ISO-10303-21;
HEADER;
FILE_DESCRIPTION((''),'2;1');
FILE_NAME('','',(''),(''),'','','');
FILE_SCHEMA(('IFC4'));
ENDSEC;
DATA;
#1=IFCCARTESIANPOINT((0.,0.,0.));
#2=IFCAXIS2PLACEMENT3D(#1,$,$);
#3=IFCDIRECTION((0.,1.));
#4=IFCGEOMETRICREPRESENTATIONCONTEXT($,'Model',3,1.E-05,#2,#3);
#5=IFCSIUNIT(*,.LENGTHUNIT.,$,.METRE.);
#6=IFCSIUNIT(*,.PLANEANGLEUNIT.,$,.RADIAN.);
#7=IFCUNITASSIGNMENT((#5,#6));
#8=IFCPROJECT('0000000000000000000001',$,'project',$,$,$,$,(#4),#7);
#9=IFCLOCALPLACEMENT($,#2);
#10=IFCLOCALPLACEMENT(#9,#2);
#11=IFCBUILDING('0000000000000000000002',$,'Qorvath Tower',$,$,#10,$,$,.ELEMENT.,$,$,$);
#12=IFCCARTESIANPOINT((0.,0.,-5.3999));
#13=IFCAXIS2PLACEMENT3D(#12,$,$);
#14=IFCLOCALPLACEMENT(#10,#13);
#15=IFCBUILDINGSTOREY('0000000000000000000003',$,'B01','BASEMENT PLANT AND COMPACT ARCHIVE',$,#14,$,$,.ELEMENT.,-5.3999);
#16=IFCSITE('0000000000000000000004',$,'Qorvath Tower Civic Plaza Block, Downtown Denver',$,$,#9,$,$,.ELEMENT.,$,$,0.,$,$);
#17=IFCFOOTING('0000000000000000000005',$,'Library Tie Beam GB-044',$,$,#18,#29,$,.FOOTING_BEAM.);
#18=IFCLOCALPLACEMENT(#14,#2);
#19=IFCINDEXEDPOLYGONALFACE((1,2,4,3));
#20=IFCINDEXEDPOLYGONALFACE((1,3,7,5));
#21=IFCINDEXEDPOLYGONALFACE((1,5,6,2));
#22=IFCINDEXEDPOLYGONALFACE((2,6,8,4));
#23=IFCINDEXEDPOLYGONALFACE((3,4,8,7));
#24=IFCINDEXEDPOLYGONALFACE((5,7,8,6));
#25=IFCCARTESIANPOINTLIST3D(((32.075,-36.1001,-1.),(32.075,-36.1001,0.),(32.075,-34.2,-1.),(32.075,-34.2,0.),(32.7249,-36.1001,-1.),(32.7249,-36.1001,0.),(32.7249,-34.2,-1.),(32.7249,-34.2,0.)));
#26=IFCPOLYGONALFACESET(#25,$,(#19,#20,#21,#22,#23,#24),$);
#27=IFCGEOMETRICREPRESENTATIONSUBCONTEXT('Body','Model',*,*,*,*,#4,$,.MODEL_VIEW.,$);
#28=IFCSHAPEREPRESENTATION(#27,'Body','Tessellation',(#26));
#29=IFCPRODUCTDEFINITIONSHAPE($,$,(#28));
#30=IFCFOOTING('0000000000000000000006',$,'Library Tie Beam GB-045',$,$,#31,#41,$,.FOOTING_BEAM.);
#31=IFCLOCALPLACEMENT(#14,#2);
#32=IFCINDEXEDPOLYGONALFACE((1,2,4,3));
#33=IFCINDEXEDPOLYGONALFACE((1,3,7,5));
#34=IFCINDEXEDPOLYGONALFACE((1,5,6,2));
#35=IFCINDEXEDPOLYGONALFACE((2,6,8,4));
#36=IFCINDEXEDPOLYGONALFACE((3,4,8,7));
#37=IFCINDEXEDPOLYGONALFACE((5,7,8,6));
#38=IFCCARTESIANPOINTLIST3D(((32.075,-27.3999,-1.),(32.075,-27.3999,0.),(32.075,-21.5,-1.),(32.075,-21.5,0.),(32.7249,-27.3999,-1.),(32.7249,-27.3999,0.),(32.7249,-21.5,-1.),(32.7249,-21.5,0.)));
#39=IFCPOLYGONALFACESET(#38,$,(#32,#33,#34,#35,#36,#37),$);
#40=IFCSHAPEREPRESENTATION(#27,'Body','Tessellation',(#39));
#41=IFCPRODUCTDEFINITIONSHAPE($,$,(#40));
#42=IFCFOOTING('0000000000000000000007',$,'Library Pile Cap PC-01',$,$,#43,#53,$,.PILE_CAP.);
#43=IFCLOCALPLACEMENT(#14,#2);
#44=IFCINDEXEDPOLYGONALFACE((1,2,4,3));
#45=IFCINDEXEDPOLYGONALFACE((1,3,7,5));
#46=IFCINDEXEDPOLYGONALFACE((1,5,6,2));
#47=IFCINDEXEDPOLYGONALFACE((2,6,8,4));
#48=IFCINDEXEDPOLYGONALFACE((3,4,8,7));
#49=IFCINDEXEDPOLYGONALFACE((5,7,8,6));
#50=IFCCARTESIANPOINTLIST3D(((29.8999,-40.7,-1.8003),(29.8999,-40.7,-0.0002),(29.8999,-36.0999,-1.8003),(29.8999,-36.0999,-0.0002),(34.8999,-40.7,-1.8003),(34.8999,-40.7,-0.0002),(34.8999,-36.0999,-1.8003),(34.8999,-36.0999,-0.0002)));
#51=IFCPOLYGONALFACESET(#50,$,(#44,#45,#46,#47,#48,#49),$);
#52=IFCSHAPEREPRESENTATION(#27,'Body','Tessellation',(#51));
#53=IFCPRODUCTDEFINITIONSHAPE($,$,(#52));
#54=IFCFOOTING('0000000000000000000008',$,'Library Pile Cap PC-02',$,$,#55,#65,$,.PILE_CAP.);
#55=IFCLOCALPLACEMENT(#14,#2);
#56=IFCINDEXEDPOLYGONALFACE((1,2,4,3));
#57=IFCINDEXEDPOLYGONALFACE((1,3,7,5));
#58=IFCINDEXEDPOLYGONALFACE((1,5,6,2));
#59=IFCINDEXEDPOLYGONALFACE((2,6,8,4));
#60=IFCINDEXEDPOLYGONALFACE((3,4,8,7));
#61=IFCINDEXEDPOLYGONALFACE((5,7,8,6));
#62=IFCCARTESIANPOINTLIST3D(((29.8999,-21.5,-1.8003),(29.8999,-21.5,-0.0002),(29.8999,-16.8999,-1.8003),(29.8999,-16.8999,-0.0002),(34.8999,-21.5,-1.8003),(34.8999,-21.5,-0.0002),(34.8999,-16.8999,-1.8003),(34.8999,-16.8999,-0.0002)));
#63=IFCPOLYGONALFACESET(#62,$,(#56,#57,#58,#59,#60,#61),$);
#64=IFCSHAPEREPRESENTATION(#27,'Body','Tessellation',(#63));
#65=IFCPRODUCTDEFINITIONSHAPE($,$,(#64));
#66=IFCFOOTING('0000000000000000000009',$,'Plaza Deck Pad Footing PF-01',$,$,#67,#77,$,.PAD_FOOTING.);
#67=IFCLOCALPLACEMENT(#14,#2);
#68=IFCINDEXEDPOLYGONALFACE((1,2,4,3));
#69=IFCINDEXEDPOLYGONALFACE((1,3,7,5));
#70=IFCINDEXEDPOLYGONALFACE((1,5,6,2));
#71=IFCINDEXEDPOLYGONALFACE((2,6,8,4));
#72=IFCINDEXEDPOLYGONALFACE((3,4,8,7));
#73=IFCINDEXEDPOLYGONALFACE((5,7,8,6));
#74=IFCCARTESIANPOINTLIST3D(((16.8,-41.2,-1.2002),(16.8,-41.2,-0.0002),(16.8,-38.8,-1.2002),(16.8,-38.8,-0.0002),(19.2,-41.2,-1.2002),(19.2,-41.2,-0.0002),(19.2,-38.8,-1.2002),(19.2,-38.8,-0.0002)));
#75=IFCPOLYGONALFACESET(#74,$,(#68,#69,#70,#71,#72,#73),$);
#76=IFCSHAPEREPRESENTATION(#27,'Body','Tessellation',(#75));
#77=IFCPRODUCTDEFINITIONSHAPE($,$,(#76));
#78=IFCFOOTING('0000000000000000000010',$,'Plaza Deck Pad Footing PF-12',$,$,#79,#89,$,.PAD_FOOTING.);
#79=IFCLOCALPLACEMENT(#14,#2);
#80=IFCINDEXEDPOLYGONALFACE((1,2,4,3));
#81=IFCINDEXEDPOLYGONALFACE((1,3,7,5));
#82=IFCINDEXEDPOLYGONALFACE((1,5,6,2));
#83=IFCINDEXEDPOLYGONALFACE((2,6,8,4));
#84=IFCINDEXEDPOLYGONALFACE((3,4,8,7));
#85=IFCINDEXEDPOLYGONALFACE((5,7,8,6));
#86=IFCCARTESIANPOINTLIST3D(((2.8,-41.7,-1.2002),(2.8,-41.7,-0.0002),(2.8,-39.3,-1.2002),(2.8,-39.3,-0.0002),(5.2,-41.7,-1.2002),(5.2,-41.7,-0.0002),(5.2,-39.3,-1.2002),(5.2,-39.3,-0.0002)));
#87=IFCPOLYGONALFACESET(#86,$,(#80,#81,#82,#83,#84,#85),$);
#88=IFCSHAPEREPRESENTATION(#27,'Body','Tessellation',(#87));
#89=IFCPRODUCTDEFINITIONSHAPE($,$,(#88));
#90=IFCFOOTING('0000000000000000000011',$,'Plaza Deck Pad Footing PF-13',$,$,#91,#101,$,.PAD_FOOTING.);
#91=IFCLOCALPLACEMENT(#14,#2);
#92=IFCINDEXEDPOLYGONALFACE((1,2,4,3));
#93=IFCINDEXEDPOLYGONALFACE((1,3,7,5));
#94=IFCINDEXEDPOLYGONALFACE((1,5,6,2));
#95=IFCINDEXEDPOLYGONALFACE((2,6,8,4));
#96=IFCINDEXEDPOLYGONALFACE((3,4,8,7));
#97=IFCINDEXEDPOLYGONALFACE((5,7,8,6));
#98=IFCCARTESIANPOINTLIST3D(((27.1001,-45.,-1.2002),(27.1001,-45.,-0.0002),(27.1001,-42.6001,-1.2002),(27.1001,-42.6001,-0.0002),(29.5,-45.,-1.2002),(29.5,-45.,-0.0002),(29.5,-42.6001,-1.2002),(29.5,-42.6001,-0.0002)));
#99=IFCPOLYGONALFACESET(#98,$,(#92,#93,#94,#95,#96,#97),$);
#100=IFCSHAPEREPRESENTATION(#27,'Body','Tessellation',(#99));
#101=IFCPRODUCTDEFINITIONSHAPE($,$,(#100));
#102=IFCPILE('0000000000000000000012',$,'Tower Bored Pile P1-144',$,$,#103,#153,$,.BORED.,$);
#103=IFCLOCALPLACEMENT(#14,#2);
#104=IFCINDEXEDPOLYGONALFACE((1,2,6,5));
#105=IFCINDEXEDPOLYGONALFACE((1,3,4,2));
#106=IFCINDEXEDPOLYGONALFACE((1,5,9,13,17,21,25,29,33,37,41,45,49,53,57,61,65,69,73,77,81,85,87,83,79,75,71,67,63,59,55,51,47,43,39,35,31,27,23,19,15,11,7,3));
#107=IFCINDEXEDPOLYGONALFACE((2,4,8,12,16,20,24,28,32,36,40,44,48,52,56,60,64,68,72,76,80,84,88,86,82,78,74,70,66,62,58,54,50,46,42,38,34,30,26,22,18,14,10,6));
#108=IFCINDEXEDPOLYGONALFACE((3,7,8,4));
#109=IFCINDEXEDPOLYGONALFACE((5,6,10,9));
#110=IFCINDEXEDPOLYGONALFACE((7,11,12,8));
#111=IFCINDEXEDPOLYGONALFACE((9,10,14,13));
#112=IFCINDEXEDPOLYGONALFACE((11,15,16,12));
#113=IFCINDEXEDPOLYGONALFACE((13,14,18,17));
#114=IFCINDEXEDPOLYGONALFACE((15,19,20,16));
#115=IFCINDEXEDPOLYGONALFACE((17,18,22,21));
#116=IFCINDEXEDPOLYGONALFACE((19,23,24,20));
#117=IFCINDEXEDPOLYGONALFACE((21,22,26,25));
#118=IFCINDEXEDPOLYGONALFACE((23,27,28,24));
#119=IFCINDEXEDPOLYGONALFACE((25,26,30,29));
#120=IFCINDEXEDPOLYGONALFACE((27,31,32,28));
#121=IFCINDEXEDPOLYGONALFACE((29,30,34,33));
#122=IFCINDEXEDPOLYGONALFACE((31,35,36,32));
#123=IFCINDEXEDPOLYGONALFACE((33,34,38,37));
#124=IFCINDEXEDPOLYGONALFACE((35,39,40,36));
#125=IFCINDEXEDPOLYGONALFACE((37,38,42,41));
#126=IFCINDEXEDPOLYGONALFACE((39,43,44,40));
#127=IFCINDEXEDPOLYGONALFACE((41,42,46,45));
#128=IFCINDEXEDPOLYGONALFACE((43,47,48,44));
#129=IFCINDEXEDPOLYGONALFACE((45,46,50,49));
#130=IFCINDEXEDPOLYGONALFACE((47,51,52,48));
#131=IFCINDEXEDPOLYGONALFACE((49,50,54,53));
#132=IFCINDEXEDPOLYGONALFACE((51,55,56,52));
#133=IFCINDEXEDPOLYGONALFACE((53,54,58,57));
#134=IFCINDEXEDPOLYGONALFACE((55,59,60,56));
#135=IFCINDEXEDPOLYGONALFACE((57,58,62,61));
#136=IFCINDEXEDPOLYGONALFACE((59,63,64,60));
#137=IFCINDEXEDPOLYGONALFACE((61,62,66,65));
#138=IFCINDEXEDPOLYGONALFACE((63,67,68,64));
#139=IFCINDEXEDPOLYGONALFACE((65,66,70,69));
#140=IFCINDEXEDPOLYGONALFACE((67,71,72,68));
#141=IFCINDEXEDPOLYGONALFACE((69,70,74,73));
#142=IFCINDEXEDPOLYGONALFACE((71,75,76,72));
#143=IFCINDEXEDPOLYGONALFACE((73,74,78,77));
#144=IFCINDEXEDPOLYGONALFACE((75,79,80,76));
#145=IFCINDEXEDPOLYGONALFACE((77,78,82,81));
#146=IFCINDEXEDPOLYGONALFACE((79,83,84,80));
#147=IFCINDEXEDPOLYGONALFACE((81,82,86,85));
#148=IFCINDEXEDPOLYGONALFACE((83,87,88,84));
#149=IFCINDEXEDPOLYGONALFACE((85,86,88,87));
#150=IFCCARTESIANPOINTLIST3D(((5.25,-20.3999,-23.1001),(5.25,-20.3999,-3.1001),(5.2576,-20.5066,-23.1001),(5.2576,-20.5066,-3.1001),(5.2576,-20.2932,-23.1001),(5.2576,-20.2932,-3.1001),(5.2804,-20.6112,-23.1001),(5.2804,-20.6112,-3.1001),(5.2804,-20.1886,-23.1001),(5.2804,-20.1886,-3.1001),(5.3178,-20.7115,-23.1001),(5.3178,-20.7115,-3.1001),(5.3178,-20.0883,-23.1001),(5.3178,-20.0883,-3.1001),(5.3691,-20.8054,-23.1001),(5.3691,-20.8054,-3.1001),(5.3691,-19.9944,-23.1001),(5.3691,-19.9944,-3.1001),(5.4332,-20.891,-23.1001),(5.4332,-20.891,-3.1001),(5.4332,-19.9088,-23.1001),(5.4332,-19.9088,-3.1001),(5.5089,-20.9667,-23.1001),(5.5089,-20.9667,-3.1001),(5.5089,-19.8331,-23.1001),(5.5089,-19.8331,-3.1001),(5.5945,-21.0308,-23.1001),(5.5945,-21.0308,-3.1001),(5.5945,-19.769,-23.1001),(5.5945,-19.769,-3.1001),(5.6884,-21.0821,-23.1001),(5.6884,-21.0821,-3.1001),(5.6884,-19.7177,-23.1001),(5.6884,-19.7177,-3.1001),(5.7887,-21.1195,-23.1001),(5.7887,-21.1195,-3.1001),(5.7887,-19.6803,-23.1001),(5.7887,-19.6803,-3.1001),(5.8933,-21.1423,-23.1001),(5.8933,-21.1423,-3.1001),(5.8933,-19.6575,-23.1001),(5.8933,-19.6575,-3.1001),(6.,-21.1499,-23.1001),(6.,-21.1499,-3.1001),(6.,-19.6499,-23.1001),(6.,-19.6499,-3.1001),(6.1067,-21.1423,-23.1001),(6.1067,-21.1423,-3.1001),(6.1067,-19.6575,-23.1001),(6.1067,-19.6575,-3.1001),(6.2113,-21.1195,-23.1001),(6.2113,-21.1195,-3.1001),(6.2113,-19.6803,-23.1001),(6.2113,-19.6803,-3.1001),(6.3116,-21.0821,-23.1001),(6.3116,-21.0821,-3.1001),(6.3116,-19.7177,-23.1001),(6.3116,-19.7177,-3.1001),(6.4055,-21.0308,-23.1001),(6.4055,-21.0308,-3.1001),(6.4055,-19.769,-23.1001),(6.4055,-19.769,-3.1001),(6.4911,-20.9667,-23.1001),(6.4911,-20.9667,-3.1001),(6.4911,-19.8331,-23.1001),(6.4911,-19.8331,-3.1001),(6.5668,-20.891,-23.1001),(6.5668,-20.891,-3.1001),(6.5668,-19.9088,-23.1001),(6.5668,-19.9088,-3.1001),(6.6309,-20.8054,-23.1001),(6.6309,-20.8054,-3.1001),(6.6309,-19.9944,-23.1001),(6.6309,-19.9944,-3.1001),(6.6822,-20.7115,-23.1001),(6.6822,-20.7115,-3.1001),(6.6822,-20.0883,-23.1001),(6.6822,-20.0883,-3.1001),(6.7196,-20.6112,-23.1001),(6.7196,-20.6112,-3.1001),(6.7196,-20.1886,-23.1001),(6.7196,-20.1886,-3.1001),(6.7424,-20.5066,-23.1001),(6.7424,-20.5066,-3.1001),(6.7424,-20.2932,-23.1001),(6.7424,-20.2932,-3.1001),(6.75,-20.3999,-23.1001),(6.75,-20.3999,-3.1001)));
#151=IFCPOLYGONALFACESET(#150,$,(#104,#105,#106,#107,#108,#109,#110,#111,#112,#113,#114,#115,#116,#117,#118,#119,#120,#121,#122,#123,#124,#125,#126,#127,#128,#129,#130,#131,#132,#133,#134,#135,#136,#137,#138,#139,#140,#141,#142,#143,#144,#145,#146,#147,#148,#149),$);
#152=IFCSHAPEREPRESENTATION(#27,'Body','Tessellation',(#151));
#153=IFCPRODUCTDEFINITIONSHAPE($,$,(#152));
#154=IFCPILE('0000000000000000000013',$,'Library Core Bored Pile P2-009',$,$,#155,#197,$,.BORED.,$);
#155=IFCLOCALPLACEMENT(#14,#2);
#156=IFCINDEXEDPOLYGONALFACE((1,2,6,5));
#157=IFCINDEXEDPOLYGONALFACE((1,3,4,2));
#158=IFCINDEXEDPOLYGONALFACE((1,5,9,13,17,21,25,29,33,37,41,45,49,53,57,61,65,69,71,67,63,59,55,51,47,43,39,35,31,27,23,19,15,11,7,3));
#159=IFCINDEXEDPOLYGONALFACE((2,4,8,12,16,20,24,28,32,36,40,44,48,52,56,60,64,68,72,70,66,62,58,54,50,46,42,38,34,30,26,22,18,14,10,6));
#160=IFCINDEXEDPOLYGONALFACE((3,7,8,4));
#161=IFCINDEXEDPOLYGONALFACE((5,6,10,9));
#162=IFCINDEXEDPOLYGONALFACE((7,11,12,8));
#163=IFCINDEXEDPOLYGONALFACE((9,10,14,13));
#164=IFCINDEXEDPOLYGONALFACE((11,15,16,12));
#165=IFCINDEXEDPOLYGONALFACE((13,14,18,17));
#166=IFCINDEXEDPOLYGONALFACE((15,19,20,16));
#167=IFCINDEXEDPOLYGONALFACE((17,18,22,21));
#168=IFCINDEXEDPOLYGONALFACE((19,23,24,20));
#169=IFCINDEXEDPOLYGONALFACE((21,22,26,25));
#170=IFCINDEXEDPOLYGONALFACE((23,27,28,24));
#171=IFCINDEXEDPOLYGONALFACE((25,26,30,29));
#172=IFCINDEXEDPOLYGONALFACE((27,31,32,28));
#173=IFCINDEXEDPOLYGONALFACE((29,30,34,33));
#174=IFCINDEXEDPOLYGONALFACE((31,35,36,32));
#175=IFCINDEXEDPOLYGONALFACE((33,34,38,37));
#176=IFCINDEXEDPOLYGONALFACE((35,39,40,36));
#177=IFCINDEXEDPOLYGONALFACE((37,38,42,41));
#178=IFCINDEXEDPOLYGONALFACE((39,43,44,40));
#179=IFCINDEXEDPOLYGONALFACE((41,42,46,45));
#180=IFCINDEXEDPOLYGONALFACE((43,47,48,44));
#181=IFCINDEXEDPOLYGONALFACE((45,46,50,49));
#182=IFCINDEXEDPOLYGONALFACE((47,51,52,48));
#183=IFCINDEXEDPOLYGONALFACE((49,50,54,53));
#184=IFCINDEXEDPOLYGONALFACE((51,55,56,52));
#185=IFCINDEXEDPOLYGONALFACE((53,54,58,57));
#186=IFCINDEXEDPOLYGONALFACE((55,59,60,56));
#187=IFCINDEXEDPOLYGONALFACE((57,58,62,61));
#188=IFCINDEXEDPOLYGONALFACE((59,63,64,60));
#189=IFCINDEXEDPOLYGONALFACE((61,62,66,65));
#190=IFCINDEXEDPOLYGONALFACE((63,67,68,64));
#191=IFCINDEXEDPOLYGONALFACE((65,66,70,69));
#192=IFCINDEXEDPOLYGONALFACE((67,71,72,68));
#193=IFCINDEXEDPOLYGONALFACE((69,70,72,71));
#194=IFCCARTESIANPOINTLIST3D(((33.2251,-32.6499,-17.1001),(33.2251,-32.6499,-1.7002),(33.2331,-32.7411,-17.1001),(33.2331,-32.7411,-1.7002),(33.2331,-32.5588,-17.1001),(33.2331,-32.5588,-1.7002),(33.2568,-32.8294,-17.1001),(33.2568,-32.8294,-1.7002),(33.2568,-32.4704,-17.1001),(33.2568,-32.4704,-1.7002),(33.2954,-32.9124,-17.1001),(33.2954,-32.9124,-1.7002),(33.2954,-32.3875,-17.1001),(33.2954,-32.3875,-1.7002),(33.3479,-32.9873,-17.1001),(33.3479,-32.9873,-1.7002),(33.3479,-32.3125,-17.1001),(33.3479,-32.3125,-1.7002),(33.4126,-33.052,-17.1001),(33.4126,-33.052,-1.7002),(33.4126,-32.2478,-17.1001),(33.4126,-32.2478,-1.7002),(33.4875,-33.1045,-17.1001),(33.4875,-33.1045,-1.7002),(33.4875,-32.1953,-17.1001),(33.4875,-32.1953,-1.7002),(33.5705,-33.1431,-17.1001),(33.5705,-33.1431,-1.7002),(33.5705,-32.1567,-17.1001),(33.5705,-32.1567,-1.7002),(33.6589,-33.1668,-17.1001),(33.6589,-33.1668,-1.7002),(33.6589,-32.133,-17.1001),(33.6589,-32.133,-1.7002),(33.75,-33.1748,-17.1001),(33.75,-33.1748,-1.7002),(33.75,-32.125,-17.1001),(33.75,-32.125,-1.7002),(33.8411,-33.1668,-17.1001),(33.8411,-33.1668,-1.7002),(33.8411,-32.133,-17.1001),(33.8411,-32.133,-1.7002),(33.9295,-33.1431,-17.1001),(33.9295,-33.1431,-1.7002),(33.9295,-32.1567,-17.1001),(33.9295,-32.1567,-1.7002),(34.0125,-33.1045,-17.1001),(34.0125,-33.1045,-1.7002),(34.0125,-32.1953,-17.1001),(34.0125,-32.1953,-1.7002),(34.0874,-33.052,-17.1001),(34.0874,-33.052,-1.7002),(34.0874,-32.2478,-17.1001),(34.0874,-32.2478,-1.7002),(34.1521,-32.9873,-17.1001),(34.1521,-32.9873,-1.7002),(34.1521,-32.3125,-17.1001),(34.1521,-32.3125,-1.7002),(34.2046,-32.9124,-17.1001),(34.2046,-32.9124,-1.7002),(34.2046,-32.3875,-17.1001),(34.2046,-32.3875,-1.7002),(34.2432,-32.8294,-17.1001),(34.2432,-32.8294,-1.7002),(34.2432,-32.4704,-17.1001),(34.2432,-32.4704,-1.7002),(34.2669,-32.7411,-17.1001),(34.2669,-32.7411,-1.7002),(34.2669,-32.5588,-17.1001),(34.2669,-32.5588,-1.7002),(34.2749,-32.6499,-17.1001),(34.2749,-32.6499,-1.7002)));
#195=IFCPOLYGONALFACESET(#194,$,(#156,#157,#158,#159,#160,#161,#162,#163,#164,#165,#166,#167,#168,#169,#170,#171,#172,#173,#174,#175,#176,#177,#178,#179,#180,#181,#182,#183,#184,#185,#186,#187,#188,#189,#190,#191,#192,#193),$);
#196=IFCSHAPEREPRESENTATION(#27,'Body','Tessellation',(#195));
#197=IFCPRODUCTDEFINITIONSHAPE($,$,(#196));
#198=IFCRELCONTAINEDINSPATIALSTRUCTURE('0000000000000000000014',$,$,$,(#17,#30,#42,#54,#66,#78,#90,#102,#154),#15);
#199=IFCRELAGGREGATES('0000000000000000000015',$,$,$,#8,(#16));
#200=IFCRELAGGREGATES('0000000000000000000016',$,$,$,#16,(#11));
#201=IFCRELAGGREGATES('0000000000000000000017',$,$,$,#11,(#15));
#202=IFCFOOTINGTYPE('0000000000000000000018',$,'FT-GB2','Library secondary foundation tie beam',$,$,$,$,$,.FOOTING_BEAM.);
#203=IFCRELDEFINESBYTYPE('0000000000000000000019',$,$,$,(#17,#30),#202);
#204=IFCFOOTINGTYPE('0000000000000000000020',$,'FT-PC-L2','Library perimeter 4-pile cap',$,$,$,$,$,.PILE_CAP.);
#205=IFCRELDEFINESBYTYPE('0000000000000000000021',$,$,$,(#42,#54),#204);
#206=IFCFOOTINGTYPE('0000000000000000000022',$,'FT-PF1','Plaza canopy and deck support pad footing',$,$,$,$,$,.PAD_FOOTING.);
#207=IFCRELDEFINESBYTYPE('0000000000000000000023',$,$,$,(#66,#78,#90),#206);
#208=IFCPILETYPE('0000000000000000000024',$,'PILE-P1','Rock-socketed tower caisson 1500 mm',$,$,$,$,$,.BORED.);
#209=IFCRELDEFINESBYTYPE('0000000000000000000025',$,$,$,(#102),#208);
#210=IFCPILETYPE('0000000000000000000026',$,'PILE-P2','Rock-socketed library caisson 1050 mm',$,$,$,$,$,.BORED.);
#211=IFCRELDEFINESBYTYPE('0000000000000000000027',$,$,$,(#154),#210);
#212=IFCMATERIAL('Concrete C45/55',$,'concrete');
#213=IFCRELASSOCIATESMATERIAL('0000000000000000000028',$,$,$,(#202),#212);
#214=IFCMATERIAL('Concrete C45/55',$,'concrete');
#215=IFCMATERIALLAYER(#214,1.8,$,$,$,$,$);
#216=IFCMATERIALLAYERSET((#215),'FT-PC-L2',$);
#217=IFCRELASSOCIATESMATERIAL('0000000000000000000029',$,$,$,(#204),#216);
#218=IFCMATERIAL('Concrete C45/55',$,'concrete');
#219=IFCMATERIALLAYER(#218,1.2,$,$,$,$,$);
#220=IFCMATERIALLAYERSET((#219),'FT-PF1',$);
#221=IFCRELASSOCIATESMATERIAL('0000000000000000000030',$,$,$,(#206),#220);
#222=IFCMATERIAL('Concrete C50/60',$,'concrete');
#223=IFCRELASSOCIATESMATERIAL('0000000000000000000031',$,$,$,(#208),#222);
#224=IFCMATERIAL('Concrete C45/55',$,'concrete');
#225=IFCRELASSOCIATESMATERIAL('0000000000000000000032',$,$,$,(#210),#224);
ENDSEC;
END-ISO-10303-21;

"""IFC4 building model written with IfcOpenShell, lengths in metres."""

from ifc_helpers import new_model, si_unit, direction, frame, origin, origin_2d, place, context, subcontext, project, spatial, rectangle, circle, extrude, material, layer, layer_set, material_profile, profile_set, type_object, element, save


model = new_model("IFC4")

# Units and contexts
model_context = context("Model", 3, precision=1e-05, world=origin(), true_north=direction((0.0, 1.0)))
body_context = subcontext(model_context, "Body", "Model", "MODEL_VIEW")
ifc_project = project(units=[si_unit("LENGTHUNIT", "METRE"), si_unit("PLANEANGLEUNIT", "RADIAN")], contexts=[model_context])

# Site, building, storey
site_placement = place(None, origin())
site = spatial("IfcSite", under=ifc_project, at=site_placement, Name="Qorvath Tower Civic Plaza Block, Downtown Denver", CompositionType="ELEMENT", RefElevation=0.0)
building_placement = place(site_placement, origin())
building = spatial("IfcBuilding", under=site, at=building_placement, Name="Qorvath Tower", CompositionType="ELEMENT")
storey_placement = place(building_placement, frame((0.0, 0.0, -5.3999)))
storey = spatial("IfcBuildingStorey", under=building, at=storey_placement, Name="B01", Description="BASEMENT PLANT AND COMPACT ARCHIVE", CompositionType="ELEMENT", Elevation=-5.3999)

# Footings
ifc_material_1 = material(Name="Concrete C45/55", Category="concrete")
ifc_material_profile_1 = material_profile(ifc_material_1, rectangle(XDim=0.6499, YDim=1.0, at=origin_2d()), Name="GB 650x1000")
ifc_profile_set_1 = profile_set([ifc_material_profile_1], Name="Concrete C45/55")
footing_type_1 = type_object("IfcFootingType", Name="FT-GB2", Description="Library secondary foundation tie beam", PredefinedType="FOOTING_BEAM", material=ifc_profile_set_1)
footing_1_placement = place(storey_placement, frame((32.3999, -36.1001, -0.5), z_axis=(0.0, 1.0, 0.0), x_axis=(-1.0, 0.0, 0.0)))
element("IfcFooting", 1, at=footing_1_placement, inside=storey, type_object=footing_type_1, Name="Library Tie Beam GB-044", PredefinedType="FOOTING_BEAM", context=body_context, shape_type="SweptSolid", body=[
    extrude(rectangle(XDim=0.6499, YDim=1.0, at=origin_2d()), origin(), (0.0, 0.0, 1.0), 1.9001),
])
footing_2_placement = place(storey_placement, frame((32.3999, -27.3999, -0.5), z_axis=(0.0, 1.0, 0.0), x_axis=(-1.0, 0.0, 0.0)))
element("IfcFooting", 2, at=footing_2_placement, inside=storey, type_object=footing_type_1, Name="Library Tie Beam GB-045", PredefinedType="FOOTING_BEAM", context=body_context, shape_type="SweptSolid", body=[
    extrude(rectangle(XDim=0.6499, YDim=1.0, at=origin_2d()), origin(), (0.0, 0.0, 1.0), 5.8999),
])
ifc_material_2 = material(Name="Concrete C45/55", Category="concrete")
ifc_layer_1 = layer(ifc_material_2, 1.8)
ifc_layer_set_1 = layer_set([ifc_layer_1], Name="FT-PC-L2")
footing_type_2 = type_object("IfcFootingType", Name="FT-PC-L2", Description="Library perimeter 4-pile cap", PredefinedType="PILE_CAP", material=ifc_layer_set_1)
for number, where, z_axis, x_axis, name in (
    (3, (32.3999, -38.3999, -1.8003), (0.0, 0.0, 1.0), (1.0, 0.0, 0.0), "Library Pile Cap PC-01"),
    (4, (32.3999, -19.2, -1.8003), (0.0, 0.0, 1.0), (1.0, 0.0, 0.0), "Library Pile Cap PC-02"),
):
    element("IfcFooting", number, at=place(storey_placement, frame(where, z_axis=z_axis, x_axis=x_axis)), inside=storey, type_object=footing_type_2, Name=name, PredefinedType="PILE_CAP", context=body_context, shape_type="SweptSolid", body=[
        extrude(rectangle(XDim=5.0, YDim=4.6001, at=origin_2d()), origin(), (0.0, 0.0, 1.0), 1.8),
    ])
ifc_material_3 = material(Name="Concrete C45/55", Category="concrete")
ifc_layer_2 = layer(ifc_material_3, 1.2)
ifc_layer_set_2 = layer_set([ifc_layer_2], Name="FT-PF1")
footing_type_3 = type_object("IfcFootingType", Name="FT-PF1", Description="Plaza canopy and deck support pad footing", PredefinedType="PAD_FOOTING", material=ifc_layer_set_2)
for number, where, z_axis, x_axis, name in (
    (5, (18.0, -40.0, -1.2002), (0.0, 0.0, 1.0), (1.0, 0.0, 0.0), "Plaza Deck Pad Footing PF-01"),
    (6, (4.0, -40.5, -1.2002), (0.0, 0.0, 1.0), (1.0, 0.0, 0.0), "Plaza Deck Pad Footing PF-12"),
    (7, (28.3, -43.8, -1.2002), (0.0, 0.0, 1.0), (1.0, 0.0, 0.0), "Plaza Deck Pad Footing PF-13"),
):
    element("IfcFooting", number, at=place(storey_placement, frame(where, z_axis=z_axis, x_axis=x_axis)), inside=storey, type_object=footing_type_3, Name=name, PredefinedType="PAD_FOOTING", context=body_context, shape_type="SweptSolid", body=[
        extrude(rectangle(XDim=2.3999, YDim=2.3999, at=origin_2d()), origin(), (0.0, 0.0, 1.0), 1.2),
    ])

# Piles
ifc_material_4 = material(Name="Concrete C50/60", Category="concrete")
ifc_material_profile_2 = material_profile(ifc_material_4, circle(Radius=0.75, at=origin_2d()), Name="BORED PILE 1500")
ifc_profile_set_2 = profile_set([ifc_material_profile_2], Name="Concrete C50/60")
pile_type_1 = type_object("IfcPileType", Name="PILE-P1", Description="Rock-socketed tower caisson 1500 mm", PredefinedType="BORED", material=ifc_profile_set_2)
pile_placement = place(storey_placement, frame((6.0, -20.3999, -3.1001), z_axis=(0.0, 0.0, -1.0), x_axis=(1.0, 0.0, 0.0)))
element("IfcPile", 8, at=pile_placement, inside=storey, type_object=pile_type_1, Name="Tower Bored Pile P1-144", PredefinedType="BORED", context=body_context, shape_type="SweptSolid", body=[
    extrude(circle(Radius=0.75, at=origin_2d()), origin(), (0.0, 0.0, 1.0), 20.0),
])
ifc_material_5 = material(Name="Concrete C45/55", Category="concrete")
ifc_material_profile_3 = material_profile(ifc_material_5, circle(Radius=0.5249, at=origin_2d()), Name="BORED PILE 1050")
ifc_profile_set_3 = profile_set([ifc_material_profile_3], Name="Concrete C45/55")
pile_type_2 = type_object("IfcPileType", Name="PILE-P2", Description="Rock-socketed library caisson 1050 mm", PredefinedType="BORED", material=ifc_profile_set_3)
for number, where, z_axis, x_axis, name in (
    (9, (33.75, -32.6499, -1.7002), (0.0, 0.0, -1.0), (1.0, 0.0, 0.0), "Library Core Bored Pile P2-009"),
):
    element("IfcPile", number, at=place(storey_placement, frame(where, z_axis=z_axis, x_axis=x_axis)), inside=storey, type_object=pile_type_2, Name=name, PredefinedType="BORED", context=body_context, shape_type="SweptSolid", body=[
        extrude(circle(Radius=0.5249, at=origin_2d()), origin(), (0.0, 0.0, 1.0), 15.3999),
    ])

save(model, "model.ifc")
